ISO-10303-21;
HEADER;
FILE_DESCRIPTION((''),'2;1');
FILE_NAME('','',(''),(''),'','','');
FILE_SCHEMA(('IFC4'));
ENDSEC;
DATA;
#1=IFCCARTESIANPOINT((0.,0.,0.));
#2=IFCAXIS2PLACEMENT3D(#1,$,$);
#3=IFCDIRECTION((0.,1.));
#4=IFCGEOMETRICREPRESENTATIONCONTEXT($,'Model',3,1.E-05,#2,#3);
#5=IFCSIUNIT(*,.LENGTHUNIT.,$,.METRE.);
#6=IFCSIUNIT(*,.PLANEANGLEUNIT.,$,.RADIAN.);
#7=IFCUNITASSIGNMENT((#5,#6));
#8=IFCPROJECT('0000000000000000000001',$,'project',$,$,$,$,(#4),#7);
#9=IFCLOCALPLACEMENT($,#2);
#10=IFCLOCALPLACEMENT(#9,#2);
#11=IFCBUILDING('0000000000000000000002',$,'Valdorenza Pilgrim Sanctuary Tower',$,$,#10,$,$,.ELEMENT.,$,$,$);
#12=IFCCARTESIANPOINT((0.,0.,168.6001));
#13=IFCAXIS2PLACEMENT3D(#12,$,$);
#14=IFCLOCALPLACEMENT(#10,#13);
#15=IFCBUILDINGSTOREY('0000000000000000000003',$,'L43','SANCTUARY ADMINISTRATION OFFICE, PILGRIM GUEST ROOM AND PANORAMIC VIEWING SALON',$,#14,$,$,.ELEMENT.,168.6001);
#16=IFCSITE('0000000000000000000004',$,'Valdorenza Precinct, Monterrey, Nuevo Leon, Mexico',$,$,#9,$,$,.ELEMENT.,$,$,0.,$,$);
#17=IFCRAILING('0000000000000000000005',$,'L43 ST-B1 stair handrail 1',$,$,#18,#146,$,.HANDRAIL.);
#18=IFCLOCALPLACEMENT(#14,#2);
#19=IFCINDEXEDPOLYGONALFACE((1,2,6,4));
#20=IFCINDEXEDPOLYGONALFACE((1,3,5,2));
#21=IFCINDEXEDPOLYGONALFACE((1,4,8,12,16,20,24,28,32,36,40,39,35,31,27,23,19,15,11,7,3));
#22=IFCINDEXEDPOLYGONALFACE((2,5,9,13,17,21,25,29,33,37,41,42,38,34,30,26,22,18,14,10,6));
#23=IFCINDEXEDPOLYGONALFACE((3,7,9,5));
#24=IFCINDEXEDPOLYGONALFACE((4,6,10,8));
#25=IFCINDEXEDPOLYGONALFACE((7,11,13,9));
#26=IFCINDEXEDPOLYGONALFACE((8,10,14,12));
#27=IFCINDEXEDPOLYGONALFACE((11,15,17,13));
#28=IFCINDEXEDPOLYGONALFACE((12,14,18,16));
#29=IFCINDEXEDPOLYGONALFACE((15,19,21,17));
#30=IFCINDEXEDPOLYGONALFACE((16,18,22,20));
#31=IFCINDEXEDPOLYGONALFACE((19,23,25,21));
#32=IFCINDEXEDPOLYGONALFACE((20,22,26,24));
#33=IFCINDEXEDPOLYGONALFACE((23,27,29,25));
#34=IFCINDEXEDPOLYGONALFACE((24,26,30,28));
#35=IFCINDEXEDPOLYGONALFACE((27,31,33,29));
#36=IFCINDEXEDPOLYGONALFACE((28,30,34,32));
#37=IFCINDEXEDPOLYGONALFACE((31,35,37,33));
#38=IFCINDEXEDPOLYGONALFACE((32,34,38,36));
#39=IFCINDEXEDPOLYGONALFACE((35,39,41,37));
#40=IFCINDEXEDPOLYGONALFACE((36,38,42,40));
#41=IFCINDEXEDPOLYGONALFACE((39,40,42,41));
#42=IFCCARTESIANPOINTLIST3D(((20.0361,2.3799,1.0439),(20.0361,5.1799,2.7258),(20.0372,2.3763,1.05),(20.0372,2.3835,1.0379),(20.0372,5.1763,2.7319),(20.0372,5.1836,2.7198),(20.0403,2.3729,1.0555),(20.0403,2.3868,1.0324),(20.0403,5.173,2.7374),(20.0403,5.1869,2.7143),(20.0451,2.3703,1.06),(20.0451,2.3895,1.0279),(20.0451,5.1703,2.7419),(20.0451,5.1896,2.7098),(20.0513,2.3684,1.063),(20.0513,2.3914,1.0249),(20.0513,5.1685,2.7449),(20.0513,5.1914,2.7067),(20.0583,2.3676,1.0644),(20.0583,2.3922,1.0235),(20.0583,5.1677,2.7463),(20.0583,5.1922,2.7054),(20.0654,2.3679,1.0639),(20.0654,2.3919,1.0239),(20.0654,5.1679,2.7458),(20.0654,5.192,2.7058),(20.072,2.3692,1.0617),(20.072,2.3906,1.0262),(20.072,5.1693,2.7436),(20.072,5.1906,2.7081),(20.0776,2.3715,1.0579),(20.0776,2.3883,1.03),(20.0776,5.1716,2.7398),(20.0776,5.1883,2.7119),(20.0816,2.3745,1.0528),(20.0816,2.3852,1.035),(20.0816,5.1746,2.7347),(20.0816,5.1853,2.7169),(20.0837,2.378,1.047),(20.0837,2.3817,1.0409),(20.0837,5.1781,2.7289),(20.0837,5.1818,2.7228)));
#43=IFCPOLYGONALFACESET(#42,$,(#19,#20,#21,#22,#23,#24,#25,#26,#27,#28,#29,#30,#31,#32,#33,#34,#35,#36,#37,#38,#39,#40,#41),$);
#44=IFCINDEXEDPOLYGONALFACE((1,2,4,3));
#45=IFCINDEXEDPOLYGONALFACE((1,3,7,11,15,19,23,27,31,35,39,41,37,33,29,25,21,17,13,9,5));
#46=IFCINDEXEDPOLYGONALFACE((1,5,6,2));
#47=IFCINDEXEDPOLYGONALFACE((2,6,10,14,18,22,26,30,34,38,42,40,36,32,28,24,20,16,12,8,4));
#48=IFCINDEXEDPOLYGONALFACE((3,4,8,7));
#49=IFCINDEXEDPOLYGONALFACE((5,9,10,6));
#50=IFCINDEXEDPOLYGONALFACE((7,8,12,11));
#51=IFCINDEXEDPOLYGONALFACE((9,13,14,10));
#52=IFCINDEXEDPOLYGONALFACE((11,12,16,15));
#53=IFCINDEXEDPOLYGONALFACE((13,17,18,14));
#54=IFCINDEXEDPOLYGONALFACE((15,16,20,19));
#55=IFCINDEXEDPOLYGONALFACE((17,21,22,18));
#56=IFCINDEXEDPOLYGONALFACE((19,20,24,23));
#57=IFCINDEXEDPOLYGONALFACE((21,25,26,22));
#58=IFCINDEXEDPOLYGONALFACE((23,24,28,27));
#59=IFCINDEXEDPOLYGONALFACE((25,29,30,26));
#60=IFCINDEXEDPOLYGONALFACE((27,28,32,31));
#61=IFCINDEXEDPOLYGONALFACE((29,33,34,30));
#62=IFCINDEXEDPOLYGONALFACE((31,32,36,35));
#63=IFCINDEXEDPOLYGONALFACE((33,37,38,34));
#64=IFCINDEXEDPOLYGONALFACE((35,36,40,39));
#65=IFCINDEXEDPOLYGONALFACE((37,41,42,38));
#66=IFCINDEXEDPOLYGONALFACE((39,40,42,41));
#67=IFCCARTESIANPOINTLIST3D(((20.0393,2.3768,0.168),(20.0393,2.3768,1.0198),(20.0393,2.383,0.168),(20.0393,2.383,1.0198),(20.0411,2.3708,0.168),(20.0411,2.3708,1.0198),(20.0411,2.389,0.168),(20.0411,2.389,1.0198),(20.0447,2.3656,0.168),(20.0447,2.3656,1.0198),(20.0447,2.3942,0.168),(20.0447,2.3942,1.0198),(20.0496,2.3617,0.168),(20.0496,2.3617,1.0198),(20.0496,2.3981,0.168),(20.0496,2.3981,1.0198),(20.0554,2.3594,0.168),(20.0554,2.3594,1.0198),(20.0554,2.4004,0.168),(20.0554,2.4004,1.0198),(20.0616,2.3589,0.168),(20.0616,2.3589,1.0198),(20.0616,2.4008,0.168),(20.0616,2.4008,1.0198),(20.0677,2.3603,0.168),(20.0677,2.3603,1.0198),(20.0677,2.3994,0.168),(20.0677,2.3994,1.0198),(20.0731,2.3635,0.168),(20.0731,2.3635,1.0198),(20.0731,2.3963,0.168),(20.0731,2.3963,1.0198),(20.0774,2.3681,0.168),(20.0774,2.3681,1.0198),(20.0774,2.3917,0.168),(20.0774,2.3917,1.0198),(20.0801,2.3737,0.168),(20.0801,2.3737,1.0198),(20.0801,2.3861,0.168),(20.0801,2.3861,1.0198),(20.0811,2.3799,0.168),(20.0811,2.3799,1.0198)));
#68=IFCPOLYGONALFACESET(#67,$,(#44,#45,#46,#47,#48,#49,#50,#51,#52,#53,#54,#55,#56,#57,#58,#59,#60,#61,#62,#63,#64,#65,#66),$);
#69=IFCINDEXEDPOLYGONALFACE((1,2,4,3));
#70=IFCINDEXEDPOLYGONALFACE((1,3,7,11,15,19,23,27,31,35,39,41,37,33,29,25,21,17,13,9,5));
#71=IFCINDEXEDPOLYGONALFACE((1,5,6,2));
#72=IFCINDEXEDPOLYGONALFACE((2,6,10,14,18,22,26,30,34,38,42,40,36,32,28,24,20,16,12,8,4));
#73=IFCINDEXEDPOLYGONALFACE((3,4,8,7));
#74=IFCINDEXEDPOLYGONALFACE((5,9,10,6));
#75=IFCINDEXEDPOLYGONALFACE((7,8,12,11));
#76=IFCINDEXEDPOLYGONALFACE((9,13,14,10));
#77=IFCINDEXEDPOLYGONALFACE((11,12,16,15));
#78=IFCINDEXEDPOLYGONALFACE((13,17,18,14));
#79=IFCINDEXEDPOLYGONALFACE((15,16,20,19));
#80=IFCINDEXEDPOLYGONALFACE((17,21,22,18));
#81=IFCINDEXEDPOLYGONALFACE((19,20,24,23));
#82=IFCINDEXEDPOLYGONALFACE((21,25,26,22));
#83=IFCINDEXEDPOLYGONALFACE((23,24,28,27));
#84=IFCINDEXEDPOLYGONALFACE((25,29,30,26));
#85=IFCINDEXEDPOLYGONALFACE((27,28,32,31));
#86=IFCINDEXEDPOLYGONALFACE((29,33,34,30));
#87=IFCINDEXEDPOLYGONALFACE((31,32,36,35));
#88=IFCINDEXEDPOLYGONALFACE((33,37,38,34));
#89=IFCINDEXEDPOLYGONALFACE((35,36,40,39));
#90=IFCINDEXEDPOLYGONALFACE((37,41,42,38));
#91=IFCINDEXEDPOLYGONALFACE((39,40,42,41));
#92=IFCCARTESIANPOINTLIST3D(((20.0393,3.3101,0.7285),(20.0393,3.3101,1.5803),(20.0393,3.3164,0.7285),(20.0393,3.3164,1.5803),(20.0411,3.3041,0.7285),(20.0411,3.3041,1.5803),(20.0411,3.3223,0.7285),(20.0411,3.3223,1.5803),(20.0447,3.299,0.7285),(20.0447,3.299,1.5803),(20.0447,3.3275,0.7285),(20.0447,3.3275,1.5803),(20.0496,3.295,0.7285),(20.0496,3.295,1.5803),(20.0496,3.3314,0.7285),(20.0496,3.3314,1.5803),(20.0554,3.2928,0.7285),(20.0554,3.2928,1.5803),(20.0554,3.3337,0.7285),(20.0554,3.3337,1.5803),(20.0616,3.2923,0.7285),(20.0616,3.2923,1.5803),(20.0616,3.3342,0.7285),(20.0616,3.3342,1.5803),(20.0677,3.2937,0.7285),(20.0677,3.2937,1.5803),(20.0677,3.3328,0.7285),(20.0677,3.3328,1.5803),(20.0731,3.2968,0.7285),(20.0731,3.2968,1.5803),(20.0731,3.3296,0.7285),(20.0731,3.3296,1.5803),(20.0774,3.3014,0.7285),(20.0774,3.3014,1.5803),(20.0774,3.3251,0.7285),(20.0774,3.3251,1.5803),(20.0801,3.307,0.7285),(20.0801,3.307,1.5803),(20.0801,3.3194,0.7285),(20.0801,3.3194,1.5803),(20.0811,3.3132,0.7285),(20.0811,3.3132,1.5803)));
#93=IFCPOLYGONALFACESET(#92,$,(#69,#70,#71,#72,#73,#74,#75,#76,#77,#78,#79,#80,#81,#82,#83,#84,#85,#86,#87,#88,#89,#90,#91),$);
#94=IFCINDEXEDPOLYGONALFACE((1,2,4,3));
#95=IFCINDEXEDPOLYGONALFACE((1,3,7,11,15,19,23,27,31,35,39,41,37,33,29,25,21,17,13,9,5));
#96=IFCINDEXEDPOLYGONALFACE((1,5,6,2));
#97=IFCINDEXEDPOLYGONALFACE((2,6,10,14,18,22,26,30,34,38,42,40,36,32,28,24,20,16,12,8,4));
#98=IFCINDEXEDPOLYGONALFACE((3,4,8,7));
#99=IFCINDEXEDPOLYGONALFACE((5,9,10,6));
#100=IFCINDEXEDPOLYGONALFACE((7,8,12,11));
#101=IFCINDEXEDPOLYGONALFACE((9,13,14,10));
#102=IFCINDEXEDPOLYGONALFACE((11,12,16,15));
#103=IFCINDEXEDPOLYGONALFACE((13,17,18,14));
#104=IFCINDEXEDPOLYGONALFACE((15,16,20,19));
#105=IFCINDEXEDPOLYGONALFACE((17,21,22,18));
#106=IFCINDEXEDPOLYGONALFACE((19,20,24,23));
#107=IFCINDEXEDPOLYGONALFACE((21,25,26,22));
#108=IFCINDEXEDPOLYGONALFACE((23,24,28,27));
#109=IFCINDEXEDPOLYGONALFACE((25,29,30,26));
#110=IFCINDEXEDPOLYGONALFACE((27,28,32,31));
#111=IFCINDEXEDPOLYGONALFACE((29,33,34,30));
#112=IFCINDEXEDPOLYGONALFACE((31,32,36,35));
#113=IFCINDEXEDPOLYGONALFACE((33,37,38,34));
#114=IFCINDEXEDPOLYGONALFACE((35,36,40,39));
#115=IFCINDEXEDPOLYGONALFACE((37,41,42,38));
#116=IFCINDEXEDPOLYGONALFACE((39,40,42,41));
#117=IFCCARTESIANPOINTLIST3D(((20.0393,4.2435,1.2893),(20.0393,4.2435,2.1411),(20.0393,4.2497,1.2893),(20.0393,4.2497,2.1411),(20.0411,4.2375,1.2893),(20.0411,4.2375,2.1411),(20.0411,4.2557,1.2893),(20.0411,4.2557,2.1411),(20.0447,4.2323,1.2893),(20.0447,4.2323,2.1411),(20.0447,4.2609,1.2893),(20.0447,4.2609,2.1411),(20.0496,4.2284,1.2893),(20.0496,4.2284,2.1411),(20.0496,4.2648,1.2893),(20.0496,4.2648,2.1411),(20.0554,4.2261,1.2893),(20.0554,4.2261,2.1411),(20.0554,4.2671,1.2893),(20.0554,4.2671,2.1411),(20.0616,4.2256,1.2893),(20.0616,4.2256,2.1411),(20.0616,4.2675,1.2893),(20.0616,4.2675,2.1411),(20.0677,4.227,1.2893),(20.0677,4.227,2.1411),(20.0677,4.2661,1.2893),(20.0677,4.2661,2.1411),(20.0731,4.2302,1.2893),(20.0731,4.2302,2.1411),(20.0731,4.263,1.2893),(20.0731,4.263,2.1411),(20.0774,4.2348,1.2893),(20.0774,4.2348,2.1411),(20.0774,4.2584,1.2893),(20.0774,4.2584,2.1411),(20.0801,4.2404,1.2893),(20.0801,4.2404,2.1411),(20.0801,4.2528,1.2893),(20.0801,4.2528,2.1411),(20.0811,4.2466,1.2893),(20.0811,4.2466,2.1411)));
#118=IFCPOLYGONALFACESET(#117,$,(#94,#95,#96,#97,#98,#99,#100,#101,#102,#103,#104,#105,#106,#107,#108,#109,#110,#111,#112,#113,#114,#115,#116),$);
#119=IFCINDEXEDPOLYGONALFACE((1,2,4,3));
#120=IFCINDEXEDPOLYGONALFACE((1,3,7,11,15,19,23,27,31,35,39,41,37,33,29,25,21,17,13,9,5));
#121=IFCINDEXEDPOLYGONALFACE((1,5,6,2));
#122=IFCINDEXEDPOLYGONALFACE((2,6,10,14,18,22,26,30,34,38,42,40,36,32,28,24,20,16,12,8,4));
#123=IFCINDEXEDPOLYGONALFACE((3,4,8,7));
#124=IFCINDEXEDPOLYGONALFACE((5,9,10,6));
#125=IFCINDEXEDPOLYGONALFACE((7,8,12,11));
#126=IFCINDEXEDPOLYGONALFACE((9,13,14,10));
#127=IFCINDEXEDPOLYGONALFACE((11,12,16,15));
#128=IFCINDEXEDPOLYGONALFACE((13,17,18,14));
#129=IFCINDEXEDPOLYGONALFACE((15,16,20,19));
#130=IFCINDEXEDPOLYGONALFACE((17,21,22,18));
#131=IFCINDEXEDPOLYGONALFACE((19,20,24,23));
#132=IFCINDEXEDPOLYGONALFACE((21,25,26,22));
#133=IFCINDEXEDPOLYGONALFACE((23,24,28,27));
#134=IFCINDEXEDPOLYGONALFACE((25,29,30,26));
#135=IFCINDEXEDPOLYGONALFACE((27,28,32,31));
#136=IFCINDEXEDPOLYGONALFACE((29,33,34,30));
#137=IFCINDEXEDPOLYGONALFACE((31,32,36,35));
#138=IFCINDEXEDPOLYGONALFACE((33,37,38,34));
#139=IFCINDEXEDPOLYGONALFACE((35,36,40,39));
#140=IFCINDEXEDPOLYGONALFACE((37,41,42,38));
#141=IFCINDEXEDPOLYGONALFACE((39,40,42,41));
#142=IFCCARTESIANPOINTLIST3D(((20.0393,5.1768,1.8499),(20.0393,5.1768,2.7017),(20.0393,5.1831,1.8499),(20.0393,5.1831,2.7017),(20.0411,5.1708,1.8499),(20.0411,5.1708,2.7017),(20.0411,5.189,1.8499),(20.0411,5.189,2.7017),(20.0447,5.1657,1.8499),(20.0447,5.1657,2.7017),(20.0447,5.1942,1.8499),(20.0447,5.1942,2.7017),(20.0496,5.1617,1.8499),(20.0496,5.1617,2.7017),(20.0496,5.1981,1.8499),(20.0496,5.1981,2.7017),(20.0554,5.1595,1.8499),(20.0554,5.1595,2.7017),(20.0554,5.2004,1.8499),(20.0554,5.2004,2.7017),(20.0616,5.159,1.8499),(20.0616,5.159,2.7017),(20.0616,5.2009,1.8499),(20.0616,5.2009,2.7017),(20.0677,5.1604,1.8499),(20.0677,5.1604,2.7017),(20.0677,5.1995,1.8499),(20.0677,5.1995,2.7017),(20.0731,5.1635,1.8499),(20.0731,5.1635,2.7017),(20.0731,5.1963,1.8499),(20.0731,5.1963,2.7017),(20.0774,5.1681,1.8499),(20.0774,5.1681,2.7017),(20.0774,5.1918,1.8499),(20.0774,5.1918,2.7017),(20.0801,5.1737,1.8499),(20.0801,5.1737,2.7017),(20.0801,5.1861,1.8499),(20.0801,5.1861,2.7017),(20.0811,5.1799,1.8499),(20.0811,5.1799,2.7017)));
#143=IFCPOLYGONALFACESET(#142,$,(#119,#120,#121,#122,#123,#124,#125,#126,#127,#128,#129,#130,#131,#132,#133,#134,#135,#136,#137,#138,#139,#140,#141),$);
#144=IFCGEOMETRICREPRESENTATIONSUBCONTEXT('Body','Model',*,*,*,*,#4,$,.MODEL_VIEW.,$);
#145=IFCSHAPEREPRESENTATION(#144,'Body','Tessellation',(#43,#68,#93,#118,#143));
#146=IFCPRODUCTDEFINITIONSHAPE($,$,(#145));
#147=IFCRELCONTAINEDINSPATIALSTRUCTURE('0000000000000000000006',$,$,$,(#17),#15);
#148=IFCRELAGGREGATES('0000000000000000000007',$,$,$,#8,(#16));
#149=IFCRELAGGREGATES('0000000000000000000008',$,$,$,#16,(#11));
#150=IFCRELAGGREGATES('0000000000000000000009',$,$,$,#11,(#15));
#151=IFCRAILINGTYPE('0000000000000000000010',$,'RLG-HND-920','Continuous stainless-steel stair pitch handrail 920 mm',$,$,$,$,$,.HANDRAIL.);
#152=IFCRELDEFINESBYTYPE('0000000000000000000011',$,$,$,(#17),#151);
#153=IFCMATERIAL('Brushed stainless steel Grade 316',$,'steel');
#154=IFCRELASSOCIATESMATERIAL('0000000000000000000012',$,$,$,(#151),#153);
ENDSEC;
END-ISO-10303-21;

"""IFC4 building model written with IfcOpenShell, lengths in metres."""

from ifc_helpers import new_model, si_unit, direction, frame, origin, origin_2d, place, context, subcontext, project, spatial, circle, extrude, material, type_object, element, save


model = new_model("IFC4")

# Units and contexts
model_context = context("Model", 3, precision=1e-05, world=origin(), true_north=direction((0.0, 1.0)))
body_context = subcontext(model_context, "Body", "Model", "MODEL_VIEW")
ifc_project = project(units=[si_unit("LENGTHUNIT", "METRE"), si_unit("PLANEANGLEUNIT", "RADIAN")], contexts=[model_context])

# Site, building, storey
site_placement = place(None, origin())
site = spatial("IfcSite", under=ifc_project, at=site_placement, Name="Valdorenza Precinct, Monterrey, Nuevo Leon, Mexico", CompositionType="ELEMENT", RefElevation=0.0)
building_placement = place(site_placement, origin())
building = spatial("IfcBuilding", under=site, at=building_placement, Name="Valdorenza Pilgrim Sanctuary Tower", CompositionType="ELEMENT")
storey_placement = place(building_placement, frame((0.0, 0.0, 168.6001)))
storey = spatial("IfcBuildingStorey", under=building, at=storey_placement, Name="L43", Description="SANCTUARY ADMINISTRATION OFFICE, PILGRIM GUEST ROOM AND PANORAMIC VIEWING SALON", CompositionType="ELEMENT", Elevation=168.6001)

# Shared definitions
ifc_material_1 = material(Name="Brushed stainless steel Grade 316", Category="steel")

# Railing
railing_type_1 = type_object("IfcRailingType", Name="RLG-HND-920", Description="Continuous stainless-steel stair pitch handrail 920 mm", PredefinedType="HANDRAIL", material=ifc_material_1)
railing_1_placement = place(storey_placement, frame((20.0601, 2.3799, 0.168)))
element("IfcRailing", 1, at=railing_1_placement, inside=storey, type_object=railing_type_1, Name="L43 ST-B1 stair handrail 1", PredefinedType="HANDRAIL", context=body_context, shape_type="SweptSolid", body=[
    extrude(circle(Radius=0.0239, at=origin_2d()), frame((0.0, 0.0, 0.876), z_axis=(0.0, 0.857242, 0.514913), x_axis=(-1.0, 0.0, 0.0)), (0.0, 0.0, 1.0), 3.2664),
    extrude(circle(Radius=0.021, at=origin_2d()), origin(), (0.0, 0.0, 1.0), 0.8518),
    extrude(circle(Radius=0.021, at=origin_2d()), frame((0.0, 0.9333, 0.5605)), (0.0, 0.0, 1.0), 0.8518),
    extrude(circle(Radius=0.021, at=origin_2d()), frame((0.0, 1.8667, 1.1213)), (0.0, 0.0, 1.0), 0.8518),
    extrude(circle(Radius=0.021, at=origin_2d()), frame((0.0, 2.8, 1.6819)), (0.0, 0.0, 1.0), 0.8518),
])

save(model, "model.ifc")
